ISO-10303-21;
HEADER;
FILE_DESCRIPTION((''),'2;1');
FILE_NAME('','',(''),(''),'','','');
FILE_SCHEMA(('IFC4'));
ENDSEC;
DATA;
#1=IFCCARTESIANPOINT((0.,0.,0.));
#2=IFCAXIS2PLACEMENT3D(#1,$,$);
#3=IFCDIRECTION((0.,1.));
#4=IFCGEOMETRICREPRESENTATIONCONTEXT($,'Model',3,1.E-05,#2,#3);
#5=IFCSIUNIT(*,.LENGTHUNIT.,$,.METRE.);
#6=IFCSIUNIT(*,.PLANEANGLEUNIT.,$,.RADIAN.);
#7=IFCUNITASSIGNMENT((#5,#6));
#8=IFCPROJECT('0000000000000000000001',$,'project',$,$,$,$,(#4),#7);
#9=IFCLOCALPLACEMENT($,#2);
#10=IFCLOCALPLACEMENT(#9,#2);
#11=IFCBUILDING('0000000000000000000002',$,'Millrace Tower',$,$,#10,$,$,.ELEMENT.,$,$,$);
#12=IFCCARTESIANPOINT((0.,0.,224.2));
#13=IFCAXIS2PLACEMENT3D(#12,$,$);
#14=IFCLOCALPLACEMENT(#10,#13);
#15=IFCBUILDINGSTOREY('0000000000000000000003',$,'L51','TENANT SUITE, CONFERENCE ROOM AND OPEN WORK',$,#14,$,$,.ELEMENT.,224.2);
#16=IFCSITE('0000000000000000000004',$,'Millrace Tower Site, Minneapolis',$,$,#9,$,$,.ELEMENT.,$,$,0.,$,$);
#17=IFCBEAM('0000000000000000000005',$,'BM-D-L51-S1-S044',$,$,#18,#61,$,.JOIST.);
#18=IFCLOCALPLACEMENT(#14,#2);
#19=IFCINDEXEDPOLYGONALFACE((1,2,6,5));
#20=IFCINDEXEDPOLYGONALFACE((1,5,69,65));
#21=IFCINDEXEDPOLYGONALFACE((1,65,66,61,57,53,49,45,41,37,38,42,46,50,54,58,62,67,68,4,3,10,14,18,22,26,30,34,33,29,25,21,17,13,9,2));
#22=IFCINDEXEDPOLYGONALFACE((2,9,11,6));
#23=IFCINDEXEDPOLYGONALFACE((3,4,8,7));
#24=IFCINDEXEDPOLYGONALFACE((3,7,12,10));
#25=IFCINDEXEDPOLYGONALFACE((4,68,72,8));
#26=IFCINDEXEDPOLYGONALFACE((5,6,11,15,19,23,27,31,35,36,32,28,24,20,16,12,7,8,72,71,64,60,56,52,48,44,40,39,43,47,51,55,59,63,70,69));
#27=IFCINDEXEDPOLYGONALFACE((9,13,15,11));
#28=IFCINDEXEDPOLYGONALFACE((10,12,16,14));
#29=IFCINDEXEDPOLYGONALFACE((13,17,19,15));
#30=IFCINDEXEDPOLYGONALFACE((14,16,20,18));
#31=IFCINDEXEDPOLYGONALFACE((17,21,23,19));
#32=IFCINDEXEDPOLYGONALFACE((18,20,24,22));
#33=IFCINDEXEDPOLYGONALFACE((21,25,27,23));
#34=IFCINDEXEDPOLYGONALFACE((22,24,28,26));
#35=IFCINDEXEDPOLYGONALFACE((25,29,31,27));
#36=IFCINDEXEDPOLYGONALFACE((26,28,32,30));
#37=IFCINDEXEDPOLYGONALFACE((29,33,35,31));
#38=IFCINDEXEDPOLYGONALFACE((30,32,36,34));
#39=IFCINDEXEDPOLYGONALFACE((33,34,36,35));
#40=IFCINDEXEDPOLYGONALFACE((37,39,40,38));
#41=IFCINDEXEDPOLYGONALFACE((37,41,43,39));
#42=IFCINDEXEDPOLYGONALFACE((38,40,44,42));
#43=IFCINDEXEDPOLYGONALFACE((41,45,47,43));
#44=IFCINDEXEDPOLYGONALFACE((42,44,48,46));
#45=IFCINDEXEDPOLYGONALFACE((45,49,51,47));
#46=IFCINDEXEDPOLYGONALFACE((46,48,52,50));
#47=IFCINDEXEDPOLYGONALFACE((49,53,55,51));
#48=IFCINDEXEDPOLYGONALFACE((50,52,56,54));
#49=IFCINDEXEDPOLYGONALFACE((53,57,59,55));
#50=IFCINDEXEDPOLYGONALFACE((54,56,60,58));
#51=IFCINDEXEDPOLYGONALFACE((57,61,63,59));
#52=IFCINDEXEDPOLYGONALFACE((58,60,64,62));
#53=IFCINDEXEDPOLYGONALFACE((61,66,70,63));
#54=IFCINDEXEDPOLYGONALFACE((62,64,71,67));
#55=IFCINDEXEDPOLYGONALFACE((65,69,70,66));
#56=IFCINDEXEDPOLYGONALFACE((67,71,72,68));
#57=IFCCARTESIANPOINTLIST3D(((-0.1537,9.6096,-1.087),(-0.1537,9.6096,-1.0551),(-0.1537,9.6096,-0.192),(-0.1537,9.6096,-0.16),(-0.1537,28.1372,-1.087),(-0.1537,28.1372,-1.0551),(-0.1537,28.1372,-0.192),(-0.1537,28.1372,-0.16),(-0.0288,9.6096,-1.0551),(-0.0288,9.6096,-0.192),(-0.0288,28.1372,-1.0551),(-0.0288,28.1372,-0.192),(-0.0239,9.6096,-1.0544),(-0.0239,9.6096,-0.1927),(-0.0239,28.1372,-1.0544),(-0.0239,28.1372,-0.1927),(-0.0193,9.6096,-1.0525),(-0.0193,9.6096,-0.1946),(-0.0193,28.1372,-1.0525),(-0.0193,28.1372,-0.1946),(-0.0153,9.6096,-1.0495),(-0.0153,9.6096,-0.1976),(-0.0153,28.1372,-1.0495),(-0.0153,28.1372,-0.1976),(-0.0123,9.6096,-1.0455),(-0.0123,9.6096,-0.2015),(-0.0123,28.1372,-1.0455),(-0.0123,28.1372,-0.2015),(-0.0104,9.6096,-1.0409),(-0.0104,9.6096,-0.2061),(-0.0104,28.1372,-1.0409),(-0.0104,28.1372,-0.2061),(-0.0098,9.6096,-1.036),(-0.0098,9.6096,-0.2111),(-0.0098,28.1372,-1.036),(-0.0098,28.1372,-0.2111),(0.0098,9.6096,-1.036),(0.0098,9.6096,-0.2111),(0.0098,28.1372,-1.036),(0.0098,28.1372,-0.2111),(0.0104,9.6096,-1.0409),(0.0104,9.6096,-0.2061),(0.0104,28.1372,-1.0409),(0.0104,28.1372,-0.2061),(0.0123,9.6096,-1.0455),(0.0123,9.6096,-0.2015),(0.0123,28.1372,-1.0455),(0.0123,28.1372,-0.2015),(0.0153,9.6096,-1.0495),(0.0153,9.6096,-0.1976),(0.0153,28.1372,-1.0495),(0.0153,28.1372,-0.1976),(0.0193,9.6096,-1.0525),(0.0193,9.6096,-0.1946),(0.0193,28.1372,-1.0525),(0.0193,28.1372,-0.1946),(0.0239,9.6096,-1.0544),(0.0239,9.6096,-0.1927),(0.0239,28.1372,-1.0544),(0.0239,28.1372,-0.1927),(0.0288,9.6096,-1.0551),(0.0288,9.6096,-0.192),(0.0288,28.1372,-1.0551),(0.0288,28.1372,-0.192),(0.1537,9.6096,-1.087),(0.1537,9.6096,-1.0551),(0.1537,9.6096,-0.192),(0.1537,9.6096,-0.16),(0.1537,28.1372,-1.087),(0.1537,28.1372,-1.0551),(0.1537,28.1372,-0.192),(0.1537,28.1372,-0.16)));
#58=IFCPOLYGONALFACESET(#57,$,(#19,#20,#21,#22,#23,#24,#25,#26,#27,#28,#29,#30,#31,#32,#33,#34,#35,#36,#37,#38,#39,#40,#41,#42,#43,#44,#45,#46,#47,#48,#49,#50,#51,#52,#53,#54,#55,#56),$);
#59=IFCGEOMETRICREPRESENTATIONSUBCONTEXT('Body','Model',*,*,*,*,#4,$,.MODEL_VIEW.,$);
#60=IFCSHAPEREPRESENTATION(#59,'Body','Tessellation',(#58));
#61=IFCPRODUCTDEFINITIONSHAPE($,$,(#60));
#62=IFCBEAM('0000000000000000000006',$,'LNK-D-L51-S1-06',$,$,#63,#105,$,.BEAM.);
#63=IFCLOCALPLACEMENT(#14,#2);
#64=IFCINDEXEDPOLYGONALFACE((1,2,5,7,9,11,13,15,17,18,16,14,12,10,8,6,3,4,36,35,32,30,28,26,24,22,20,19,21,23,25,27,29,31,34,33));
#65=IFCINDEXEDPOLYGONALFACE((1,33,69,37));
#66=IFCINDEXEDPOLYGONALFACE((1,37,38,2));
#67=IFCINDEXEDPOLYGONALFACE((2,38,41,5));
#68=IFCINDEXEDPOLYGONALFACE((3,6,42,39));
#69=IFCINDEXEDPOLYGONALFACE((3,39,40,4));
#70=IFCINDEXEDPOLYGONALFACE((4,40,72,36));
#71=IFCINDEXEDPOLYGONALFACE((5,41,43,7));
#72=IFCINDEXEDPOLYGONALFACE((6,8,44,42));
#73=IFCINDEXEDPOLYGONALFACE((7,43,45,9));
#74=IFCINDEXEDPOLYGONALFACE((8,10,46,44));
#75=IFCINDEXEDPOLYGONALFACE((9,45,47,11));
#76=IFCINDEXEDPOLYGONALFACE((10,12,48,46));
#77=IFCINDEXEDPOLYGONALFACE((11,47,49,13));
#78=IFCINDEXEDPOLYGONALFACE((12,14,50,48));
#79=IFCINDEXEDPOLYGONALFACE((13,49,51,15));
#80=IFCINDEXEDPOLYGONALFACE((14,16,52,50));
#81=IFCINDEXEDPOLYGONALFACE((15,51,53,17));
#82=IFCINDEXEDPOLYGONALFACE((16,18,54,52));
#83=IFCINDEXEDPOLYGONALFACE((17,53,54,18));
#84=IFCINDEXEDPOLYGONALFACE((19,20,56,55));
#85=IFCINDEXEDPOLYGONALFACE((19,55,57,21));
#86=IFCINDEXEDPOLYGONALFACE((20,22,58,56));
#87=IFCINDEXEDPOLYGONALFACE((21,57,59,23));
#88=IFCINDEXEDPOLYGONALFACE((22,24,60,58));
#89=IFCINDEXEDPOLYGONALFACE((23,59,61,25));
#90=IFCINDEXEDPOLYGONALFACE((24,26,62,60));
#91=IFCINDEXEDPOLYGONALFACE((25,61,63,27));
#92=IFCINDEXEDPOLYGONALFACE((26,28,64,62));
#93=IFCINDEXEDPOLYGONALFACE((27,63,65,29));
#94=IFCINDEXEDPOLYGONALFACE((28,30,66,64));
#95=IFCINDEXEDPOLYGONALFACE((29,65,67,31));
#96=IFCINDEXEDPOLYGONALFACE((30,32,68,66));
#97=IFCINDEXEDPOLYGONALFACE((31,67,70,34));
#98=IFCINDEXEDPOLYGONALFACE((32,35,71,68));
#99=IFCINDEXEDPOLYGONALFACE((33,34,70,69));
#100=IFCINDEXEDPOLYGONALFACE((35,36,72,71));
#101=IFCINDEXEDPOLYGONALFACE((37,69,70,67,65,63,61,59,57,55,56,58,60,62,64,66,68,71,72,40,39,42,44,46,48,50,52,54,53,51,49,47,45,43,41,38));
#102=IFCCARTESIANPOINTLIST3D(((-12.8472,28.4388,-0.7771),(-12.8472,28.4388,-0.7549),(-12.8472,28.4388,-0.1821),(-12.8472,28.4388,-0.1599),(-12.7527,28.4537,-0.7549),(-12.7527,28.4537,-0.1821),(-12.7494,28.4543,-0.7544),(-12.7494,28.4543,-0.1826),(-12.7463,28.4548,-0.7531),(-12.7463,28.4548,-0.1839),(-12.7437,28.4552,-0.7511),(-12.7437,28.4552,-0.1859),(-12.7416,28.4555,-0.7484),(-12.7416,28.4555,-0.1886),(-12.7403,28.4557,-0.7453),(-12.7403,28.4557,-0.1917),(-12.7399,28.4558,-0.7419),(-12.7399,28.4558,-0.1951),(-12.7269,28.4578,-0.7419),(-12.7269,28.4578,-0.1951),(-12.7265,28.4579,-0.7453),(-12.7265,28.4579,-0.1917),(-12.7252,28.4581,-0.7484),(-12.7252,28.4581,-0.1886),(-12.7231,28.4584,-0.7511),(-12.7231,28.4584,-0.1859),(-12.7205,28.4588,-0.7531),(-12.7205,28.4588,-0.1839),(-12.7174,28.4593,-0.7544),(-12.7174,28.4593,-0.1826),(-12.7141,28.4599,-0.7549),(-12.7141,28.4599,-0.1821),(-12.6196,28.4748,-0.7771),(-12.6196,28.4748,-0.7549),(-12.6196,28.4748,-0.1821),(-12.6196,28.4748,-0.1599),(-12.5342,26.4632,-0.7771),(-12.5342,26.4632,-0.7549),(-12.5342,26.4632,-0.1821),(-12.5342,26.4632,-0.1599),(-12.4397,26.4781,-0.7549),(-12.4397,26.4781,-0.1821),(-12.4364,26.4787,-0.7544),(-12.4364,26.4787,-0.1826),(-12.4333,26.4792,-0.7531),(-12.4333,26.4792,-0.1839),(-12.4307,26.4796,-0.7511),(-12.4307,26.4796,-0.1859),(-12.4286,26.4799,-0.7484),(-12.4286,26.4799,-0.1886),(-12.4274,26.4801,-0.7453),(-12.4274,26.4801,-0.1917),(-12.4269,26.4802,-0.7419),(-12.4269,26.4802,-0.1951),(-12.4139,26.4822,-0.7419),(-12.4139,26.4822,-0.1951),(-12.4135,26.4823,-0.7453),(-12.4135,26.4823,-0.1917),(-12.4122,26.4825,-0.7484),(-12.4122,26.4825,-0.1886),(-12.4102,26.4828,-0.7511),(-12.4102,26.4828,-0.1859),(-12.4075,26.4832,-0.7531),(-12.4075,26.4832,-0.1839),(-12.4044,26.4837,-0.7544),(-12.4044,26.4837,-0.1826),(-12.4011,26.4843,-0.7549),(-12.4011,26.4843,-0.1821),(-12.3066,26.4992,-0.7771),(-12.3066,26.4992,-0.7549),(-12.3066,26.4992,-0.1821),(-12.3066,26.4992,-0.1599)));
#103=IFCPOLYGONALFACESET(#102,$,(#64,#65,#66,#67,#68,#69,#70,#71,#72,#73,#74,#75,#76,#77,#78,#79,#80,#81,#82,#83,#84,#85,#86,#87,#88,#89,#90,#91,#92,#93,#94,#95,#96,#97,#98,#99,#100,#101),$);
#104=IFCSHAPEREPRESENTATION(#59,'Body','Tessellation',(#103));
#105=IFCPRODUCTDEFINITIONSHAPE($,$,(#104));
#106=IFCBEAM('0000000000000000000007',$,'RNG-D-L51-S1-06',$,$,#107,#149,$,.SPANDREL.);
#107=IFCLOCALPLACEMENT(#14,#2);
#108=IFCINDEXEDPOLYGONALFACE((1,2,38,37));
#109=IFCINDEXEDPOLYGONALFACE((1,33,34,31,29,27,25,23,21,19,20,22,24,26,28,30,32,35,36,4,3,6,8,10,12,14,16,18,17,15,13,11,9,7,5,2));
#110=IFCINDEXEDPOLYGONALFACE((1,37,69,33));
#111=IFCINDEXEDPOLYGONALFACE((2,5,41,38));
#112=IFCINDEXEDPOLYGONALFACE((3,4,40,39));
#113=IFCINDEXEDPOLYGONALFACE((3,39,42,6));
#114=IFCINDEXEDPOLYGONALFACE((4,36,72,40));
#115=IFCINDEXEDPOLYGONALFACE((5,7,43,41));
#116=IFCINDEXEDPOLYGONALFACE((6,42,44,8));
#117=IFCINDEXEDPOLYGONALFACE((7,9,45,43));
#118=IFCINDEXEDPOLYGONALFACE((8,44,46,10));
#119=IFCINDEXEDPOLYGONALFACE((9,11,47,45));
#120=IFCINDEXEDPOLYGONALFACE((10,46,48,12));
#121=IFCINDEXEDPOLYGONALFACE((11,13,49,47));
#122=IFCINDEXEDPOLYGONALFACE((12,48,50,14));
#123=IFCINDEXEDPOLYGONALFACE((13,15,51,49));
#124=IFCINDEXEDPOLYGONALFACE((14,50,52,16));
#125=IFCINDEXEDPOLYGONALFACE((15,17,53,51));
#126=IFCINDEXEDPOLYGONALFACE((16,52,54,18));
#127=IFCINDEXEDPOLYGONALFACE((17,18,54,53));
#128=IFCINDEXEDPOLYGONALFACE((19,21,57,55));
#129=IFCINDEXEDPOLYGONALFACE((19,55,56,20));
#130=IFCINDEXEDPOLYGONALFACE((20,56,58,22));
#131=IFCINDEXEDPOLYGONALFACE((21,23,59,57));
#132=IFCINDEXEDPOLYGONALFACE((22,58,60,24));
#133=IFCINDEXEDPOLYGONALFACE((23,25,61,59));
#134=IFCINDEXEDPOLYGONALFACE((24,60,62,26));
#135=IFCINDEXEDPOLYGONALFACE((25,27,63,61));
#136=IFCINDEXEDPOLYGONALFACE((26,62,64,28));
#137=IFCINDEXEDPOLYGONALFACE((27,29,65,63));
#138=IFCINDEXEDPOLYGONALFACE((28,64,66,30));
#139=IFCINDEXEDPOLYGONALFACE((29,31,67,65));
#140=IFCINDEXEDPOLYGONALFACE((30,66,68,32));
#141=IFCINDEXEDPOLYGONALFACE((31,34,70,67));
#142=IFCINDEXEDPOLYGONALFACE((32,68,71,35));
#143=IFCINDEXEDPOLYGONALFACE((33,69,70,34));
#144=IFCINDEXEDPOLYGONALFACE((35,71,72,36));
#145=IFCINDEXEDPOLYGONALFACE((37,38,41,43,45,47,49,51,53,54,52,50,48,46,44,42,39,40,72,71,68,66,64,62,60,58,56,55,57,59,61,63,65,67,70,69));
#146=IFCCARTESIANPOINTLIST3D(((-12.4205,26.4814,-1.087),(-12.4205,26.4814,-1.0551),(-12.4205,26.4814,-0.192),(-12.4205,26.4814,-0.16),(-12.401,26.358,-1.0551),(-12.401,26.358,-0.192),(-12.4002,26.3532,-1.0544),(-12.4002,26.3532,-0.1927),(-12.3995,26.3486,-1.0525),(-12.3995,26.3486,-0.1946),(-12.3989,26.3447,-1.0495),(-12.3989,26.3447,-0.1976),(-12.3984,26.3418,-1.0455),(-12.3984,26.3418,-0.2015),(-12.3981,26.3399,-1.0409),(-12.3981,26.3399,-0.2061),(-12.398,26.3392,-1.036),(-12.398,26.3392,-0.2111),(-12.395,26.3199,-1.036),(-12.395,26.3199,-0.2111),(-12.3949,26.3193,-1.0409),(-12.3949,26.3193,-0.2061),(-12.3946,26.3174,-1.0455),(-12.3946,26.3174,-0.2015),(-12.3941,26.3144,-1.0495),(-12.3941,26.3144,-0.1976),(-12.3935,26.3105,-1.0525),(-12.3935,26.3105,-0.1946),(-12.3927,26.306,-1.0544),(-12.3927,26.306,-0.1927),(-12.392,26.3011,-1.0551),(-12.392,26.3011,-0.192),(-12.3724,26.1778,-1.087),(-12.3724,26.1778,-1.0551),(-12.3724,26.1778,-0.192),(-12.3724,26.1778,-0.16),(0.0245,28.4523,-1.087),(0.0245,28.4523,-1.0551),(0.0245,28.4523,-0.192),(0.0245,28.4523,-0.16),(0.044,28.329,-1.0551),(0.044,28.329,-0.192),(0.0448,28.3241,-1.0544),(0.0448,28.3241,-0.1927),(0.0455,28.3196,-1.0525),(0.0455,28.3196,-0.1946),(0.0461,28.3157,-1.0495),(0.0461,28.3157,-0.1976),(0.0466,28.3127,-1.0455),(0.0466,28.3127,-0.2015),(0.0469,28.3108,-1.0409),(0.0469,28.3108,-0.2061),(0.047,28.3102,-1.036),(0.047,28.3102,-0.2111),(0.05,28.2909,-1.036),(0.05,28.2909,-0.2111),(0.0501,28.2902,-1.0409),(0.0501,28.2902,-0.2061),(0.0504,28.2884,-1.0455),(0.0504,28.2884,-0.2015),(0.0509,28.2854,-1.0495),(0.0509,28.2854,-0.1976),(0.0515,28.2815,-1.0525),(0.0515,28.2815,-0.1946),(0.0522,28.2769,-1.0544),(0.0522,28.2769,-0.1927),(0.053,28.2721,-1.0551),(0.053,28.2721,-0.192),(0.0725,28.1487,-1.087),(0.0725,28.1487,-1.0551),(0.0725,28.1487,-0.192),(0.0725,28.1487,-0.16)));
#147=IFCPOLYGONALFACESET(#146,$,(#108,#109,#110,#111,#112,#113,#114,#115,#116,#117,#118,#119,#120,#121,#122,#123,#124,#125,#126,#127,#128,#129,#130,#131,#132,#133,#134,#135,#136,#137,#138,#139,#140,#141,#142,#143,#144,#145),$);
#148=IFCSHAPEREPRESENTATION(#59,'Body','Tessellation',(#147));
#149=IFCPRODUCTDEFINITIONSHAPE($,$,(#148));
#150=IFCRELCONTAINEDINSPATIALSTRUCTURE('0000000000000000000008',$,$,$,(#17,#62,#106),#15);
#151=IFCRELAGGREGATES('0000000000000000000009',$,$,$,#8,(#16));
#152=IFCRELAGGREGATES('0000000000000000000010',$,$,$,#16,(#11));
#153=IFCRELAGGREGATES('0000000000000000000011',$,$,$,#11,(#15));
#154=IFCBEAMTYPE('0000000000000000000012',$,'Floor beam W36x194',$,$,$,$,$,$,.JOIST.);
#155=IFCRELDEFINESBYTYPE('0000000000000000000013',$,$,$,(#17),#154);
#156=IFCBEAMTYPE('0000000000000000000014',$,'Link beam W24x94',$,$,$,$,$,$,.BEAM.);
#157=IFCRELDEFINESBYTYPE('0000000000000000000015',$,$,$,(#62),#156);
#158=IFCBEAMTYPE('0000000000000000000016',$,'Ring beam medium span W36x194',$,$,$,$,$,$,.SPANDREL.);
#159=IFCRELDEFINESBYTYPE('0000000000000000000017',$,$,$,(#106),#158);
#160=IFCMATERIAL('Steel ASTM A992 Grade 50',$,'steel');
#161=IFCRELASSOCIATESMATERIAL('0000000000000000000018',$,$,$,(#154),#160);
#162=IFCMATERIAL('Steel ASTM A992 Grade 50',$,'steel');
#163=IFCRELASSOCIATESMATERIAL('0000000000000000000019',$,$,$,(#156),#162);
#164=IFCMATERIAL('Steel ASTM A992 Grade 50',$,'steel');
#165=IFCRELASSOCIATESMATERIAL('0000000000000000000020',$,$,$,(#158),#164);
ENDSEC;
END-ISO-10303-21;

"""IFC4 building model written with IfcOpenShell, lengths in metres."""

from ifc_helpers import new_model, si_unit, direction, frame, origin, origin_2d, place, context, subcontext, project, spatial, i_section, extrude, material, material_profile, profile_set, type_object, element, save


model = new_model("IFC4")

# Units and contexts
model_context = context("Model", 3, precision=1e-05, world=origin(), true_north=direction((0.0, 1.0)))
body_context = subcontext(model_context, "Body", "Model", "MODEL_VIEW")
ifc_project = project(units=[si_unit("LENGTHUNIT", "METRE"), si_unit("PLANEANGLEUNIT", "RADIAN")], contexts=[model_context])

# Site, building, storey
site_placement = place(None, origin())
site = spatial("IfcSite", under=ifc_project, at=site_placement, Name="Millrace Tower Site, Minneapolis", CompositionType="ELEMENT", RefElevation=0.0)
building_placement = place(site_placement, origin())
building = spatial("IfcBuilding", under=site, at=building_placement, Name="Millrace Tower", CompositionType="ELEMENT")
storey_placement = place(building_placement, frame((0.0, 0.0, 224.2)))
storey = spatial("IfcBuildingStorey", under=building, at=storey_placement, Name="L51", Description="TENANT SUITE, CONFERENCE ROOM AND OPEN WORK", CompositionType="ELEMENT", Elevation=224.2)

# Beams
ifc_material_1 = material(Name="Steel ASTM A992 Grade 50", Category="steel")
ifc_material_profile_1 = material_profile(ifc_material_1, i_section(OverallWidth=0.3074, OverallDepth=0.927, WebThickness=0.0195, FlangeThickness=0.032, FilletRadius=0.019, at=origin_2d()))
ifc_profile_set_1 = profile_set([ifc_material_profile_1], Name="Steel ASTM A992 Grade 50")
beam_type_1 = type_object("IfcBeamType", Name="Floor beam W36x194", PredefinedType="JOIST", material=ifc_profile_set_1)
beam_1_placement = place(storey_placement, frame((0.0, 9.6096, -0.6235), z_axis=(0.0, 1.0, 0.0), x_axis=(-1.0, 0.0, 0.0)))
element("IfcBeam", 1, at=beam_1_placement, inside=storey, type_object=beam_type_1, Name="BM-D-L51-S1-S044", PredefinedType="JOIST", context=body_context, shape_type="SweptSolid", body=[
    extrude(i_section(OverallWidth=0.3074, OverallDepth=0.927, WebThickness=0.0195, FlangeThickness=0.032, FilletRadius=0.019, at=origin_2d()), origin(), (0.0, 0.0, 1.0), 18.5276),
])
ifc_material_2 = material(Name="Steel ASTM A992 Grade 50", Category="steel")
ifc_material_profile_2 = material_profile(ifc_material_2, i_section(OverallWidth=0.2305, OverallDepth=0.6172, WebThickness=0.0132, FlangeThickness=0.0222, FilletRadius=0.0129, at=origin_2d()))
ifc_profile_set_2 = profile_set([ifc_material_profile_2], Name="Steel ASTM A992 Grade 50")
beam_type_2 = type_object("IfcBeamType", Name="Link beam W24x94", PredefinedType="BEAM", material=ifc_profile_set_2)
beam_2_placement = place(storey_placement, frame((-12.4204, 26.4812, -0.4685), z_axis=(-0.156477, 0.987682, 0.0), x_axis=(-0.987682, -0.156477, 0.0)))
element("IfcBeam", 2, at=beam_2_placement, inside=storey, type_object=beam_type_2, Name="LNK-D-L51-S1-06", PredefinedType="BEAM", context=body_context, shape_type="SweptSolid", body=[
    extrude(i_section(OverallWidth=0.2305, OverallDepth=0.6172, WebThickness=0.0132, FlangeThickness=0.0222, FilletRadius=0.0129, at=origin_2d()), origin(), (0.0, 0.0, 1.0), 2.0002),
])
ifc_material_3 = material(Name="Steel ASTM A992 Grade 50", Category="steel")
ifc_material_profile_3 = material_profile(ifc_material_3, i_section(OverallWidth=0.3074, OverallDepth=0.927, WebThickness=0.0195, FlangeThickness=0.032, FilletRadius=0.019, at=origin_2d()))
ifc_profile_set_3 = profile_set([ifc_material_profile_3], Name="Steel ASTM A992 Grade 50")
beam_type_3 = type_object("IfcBeamType", Name="Ring beam medium span W36x194", PredefinedType="SPANDREL", material=ifc_profile_set_3)
beam_3_placement = place(storey_placement, frame((-12.3965, 26.3296, -0.6235), z_axis=(0.98769, 0.156422, 0.0), x_axis=(-0.156422, 0.98769, 0.0)))
element("IfcBeam", 3, at=beam_3_placement, inside=storey, type_object=beam_type_3, Name="RNG-D-L51-S1-06", PredefinedType="SPANDREL", context=body_context, shape_type="SweptSolid", body=[
    extrude(i_section(OverallWidth=0.3074, OverallDepth=0.927, WebThickness=0.0195, FlangeThickness=0.032, FilletRadius=0.019, at=origin_2d()), origin(), (0.0, 0.0, 1.0), 12.6001),
])

save(model, "model.ifc")
